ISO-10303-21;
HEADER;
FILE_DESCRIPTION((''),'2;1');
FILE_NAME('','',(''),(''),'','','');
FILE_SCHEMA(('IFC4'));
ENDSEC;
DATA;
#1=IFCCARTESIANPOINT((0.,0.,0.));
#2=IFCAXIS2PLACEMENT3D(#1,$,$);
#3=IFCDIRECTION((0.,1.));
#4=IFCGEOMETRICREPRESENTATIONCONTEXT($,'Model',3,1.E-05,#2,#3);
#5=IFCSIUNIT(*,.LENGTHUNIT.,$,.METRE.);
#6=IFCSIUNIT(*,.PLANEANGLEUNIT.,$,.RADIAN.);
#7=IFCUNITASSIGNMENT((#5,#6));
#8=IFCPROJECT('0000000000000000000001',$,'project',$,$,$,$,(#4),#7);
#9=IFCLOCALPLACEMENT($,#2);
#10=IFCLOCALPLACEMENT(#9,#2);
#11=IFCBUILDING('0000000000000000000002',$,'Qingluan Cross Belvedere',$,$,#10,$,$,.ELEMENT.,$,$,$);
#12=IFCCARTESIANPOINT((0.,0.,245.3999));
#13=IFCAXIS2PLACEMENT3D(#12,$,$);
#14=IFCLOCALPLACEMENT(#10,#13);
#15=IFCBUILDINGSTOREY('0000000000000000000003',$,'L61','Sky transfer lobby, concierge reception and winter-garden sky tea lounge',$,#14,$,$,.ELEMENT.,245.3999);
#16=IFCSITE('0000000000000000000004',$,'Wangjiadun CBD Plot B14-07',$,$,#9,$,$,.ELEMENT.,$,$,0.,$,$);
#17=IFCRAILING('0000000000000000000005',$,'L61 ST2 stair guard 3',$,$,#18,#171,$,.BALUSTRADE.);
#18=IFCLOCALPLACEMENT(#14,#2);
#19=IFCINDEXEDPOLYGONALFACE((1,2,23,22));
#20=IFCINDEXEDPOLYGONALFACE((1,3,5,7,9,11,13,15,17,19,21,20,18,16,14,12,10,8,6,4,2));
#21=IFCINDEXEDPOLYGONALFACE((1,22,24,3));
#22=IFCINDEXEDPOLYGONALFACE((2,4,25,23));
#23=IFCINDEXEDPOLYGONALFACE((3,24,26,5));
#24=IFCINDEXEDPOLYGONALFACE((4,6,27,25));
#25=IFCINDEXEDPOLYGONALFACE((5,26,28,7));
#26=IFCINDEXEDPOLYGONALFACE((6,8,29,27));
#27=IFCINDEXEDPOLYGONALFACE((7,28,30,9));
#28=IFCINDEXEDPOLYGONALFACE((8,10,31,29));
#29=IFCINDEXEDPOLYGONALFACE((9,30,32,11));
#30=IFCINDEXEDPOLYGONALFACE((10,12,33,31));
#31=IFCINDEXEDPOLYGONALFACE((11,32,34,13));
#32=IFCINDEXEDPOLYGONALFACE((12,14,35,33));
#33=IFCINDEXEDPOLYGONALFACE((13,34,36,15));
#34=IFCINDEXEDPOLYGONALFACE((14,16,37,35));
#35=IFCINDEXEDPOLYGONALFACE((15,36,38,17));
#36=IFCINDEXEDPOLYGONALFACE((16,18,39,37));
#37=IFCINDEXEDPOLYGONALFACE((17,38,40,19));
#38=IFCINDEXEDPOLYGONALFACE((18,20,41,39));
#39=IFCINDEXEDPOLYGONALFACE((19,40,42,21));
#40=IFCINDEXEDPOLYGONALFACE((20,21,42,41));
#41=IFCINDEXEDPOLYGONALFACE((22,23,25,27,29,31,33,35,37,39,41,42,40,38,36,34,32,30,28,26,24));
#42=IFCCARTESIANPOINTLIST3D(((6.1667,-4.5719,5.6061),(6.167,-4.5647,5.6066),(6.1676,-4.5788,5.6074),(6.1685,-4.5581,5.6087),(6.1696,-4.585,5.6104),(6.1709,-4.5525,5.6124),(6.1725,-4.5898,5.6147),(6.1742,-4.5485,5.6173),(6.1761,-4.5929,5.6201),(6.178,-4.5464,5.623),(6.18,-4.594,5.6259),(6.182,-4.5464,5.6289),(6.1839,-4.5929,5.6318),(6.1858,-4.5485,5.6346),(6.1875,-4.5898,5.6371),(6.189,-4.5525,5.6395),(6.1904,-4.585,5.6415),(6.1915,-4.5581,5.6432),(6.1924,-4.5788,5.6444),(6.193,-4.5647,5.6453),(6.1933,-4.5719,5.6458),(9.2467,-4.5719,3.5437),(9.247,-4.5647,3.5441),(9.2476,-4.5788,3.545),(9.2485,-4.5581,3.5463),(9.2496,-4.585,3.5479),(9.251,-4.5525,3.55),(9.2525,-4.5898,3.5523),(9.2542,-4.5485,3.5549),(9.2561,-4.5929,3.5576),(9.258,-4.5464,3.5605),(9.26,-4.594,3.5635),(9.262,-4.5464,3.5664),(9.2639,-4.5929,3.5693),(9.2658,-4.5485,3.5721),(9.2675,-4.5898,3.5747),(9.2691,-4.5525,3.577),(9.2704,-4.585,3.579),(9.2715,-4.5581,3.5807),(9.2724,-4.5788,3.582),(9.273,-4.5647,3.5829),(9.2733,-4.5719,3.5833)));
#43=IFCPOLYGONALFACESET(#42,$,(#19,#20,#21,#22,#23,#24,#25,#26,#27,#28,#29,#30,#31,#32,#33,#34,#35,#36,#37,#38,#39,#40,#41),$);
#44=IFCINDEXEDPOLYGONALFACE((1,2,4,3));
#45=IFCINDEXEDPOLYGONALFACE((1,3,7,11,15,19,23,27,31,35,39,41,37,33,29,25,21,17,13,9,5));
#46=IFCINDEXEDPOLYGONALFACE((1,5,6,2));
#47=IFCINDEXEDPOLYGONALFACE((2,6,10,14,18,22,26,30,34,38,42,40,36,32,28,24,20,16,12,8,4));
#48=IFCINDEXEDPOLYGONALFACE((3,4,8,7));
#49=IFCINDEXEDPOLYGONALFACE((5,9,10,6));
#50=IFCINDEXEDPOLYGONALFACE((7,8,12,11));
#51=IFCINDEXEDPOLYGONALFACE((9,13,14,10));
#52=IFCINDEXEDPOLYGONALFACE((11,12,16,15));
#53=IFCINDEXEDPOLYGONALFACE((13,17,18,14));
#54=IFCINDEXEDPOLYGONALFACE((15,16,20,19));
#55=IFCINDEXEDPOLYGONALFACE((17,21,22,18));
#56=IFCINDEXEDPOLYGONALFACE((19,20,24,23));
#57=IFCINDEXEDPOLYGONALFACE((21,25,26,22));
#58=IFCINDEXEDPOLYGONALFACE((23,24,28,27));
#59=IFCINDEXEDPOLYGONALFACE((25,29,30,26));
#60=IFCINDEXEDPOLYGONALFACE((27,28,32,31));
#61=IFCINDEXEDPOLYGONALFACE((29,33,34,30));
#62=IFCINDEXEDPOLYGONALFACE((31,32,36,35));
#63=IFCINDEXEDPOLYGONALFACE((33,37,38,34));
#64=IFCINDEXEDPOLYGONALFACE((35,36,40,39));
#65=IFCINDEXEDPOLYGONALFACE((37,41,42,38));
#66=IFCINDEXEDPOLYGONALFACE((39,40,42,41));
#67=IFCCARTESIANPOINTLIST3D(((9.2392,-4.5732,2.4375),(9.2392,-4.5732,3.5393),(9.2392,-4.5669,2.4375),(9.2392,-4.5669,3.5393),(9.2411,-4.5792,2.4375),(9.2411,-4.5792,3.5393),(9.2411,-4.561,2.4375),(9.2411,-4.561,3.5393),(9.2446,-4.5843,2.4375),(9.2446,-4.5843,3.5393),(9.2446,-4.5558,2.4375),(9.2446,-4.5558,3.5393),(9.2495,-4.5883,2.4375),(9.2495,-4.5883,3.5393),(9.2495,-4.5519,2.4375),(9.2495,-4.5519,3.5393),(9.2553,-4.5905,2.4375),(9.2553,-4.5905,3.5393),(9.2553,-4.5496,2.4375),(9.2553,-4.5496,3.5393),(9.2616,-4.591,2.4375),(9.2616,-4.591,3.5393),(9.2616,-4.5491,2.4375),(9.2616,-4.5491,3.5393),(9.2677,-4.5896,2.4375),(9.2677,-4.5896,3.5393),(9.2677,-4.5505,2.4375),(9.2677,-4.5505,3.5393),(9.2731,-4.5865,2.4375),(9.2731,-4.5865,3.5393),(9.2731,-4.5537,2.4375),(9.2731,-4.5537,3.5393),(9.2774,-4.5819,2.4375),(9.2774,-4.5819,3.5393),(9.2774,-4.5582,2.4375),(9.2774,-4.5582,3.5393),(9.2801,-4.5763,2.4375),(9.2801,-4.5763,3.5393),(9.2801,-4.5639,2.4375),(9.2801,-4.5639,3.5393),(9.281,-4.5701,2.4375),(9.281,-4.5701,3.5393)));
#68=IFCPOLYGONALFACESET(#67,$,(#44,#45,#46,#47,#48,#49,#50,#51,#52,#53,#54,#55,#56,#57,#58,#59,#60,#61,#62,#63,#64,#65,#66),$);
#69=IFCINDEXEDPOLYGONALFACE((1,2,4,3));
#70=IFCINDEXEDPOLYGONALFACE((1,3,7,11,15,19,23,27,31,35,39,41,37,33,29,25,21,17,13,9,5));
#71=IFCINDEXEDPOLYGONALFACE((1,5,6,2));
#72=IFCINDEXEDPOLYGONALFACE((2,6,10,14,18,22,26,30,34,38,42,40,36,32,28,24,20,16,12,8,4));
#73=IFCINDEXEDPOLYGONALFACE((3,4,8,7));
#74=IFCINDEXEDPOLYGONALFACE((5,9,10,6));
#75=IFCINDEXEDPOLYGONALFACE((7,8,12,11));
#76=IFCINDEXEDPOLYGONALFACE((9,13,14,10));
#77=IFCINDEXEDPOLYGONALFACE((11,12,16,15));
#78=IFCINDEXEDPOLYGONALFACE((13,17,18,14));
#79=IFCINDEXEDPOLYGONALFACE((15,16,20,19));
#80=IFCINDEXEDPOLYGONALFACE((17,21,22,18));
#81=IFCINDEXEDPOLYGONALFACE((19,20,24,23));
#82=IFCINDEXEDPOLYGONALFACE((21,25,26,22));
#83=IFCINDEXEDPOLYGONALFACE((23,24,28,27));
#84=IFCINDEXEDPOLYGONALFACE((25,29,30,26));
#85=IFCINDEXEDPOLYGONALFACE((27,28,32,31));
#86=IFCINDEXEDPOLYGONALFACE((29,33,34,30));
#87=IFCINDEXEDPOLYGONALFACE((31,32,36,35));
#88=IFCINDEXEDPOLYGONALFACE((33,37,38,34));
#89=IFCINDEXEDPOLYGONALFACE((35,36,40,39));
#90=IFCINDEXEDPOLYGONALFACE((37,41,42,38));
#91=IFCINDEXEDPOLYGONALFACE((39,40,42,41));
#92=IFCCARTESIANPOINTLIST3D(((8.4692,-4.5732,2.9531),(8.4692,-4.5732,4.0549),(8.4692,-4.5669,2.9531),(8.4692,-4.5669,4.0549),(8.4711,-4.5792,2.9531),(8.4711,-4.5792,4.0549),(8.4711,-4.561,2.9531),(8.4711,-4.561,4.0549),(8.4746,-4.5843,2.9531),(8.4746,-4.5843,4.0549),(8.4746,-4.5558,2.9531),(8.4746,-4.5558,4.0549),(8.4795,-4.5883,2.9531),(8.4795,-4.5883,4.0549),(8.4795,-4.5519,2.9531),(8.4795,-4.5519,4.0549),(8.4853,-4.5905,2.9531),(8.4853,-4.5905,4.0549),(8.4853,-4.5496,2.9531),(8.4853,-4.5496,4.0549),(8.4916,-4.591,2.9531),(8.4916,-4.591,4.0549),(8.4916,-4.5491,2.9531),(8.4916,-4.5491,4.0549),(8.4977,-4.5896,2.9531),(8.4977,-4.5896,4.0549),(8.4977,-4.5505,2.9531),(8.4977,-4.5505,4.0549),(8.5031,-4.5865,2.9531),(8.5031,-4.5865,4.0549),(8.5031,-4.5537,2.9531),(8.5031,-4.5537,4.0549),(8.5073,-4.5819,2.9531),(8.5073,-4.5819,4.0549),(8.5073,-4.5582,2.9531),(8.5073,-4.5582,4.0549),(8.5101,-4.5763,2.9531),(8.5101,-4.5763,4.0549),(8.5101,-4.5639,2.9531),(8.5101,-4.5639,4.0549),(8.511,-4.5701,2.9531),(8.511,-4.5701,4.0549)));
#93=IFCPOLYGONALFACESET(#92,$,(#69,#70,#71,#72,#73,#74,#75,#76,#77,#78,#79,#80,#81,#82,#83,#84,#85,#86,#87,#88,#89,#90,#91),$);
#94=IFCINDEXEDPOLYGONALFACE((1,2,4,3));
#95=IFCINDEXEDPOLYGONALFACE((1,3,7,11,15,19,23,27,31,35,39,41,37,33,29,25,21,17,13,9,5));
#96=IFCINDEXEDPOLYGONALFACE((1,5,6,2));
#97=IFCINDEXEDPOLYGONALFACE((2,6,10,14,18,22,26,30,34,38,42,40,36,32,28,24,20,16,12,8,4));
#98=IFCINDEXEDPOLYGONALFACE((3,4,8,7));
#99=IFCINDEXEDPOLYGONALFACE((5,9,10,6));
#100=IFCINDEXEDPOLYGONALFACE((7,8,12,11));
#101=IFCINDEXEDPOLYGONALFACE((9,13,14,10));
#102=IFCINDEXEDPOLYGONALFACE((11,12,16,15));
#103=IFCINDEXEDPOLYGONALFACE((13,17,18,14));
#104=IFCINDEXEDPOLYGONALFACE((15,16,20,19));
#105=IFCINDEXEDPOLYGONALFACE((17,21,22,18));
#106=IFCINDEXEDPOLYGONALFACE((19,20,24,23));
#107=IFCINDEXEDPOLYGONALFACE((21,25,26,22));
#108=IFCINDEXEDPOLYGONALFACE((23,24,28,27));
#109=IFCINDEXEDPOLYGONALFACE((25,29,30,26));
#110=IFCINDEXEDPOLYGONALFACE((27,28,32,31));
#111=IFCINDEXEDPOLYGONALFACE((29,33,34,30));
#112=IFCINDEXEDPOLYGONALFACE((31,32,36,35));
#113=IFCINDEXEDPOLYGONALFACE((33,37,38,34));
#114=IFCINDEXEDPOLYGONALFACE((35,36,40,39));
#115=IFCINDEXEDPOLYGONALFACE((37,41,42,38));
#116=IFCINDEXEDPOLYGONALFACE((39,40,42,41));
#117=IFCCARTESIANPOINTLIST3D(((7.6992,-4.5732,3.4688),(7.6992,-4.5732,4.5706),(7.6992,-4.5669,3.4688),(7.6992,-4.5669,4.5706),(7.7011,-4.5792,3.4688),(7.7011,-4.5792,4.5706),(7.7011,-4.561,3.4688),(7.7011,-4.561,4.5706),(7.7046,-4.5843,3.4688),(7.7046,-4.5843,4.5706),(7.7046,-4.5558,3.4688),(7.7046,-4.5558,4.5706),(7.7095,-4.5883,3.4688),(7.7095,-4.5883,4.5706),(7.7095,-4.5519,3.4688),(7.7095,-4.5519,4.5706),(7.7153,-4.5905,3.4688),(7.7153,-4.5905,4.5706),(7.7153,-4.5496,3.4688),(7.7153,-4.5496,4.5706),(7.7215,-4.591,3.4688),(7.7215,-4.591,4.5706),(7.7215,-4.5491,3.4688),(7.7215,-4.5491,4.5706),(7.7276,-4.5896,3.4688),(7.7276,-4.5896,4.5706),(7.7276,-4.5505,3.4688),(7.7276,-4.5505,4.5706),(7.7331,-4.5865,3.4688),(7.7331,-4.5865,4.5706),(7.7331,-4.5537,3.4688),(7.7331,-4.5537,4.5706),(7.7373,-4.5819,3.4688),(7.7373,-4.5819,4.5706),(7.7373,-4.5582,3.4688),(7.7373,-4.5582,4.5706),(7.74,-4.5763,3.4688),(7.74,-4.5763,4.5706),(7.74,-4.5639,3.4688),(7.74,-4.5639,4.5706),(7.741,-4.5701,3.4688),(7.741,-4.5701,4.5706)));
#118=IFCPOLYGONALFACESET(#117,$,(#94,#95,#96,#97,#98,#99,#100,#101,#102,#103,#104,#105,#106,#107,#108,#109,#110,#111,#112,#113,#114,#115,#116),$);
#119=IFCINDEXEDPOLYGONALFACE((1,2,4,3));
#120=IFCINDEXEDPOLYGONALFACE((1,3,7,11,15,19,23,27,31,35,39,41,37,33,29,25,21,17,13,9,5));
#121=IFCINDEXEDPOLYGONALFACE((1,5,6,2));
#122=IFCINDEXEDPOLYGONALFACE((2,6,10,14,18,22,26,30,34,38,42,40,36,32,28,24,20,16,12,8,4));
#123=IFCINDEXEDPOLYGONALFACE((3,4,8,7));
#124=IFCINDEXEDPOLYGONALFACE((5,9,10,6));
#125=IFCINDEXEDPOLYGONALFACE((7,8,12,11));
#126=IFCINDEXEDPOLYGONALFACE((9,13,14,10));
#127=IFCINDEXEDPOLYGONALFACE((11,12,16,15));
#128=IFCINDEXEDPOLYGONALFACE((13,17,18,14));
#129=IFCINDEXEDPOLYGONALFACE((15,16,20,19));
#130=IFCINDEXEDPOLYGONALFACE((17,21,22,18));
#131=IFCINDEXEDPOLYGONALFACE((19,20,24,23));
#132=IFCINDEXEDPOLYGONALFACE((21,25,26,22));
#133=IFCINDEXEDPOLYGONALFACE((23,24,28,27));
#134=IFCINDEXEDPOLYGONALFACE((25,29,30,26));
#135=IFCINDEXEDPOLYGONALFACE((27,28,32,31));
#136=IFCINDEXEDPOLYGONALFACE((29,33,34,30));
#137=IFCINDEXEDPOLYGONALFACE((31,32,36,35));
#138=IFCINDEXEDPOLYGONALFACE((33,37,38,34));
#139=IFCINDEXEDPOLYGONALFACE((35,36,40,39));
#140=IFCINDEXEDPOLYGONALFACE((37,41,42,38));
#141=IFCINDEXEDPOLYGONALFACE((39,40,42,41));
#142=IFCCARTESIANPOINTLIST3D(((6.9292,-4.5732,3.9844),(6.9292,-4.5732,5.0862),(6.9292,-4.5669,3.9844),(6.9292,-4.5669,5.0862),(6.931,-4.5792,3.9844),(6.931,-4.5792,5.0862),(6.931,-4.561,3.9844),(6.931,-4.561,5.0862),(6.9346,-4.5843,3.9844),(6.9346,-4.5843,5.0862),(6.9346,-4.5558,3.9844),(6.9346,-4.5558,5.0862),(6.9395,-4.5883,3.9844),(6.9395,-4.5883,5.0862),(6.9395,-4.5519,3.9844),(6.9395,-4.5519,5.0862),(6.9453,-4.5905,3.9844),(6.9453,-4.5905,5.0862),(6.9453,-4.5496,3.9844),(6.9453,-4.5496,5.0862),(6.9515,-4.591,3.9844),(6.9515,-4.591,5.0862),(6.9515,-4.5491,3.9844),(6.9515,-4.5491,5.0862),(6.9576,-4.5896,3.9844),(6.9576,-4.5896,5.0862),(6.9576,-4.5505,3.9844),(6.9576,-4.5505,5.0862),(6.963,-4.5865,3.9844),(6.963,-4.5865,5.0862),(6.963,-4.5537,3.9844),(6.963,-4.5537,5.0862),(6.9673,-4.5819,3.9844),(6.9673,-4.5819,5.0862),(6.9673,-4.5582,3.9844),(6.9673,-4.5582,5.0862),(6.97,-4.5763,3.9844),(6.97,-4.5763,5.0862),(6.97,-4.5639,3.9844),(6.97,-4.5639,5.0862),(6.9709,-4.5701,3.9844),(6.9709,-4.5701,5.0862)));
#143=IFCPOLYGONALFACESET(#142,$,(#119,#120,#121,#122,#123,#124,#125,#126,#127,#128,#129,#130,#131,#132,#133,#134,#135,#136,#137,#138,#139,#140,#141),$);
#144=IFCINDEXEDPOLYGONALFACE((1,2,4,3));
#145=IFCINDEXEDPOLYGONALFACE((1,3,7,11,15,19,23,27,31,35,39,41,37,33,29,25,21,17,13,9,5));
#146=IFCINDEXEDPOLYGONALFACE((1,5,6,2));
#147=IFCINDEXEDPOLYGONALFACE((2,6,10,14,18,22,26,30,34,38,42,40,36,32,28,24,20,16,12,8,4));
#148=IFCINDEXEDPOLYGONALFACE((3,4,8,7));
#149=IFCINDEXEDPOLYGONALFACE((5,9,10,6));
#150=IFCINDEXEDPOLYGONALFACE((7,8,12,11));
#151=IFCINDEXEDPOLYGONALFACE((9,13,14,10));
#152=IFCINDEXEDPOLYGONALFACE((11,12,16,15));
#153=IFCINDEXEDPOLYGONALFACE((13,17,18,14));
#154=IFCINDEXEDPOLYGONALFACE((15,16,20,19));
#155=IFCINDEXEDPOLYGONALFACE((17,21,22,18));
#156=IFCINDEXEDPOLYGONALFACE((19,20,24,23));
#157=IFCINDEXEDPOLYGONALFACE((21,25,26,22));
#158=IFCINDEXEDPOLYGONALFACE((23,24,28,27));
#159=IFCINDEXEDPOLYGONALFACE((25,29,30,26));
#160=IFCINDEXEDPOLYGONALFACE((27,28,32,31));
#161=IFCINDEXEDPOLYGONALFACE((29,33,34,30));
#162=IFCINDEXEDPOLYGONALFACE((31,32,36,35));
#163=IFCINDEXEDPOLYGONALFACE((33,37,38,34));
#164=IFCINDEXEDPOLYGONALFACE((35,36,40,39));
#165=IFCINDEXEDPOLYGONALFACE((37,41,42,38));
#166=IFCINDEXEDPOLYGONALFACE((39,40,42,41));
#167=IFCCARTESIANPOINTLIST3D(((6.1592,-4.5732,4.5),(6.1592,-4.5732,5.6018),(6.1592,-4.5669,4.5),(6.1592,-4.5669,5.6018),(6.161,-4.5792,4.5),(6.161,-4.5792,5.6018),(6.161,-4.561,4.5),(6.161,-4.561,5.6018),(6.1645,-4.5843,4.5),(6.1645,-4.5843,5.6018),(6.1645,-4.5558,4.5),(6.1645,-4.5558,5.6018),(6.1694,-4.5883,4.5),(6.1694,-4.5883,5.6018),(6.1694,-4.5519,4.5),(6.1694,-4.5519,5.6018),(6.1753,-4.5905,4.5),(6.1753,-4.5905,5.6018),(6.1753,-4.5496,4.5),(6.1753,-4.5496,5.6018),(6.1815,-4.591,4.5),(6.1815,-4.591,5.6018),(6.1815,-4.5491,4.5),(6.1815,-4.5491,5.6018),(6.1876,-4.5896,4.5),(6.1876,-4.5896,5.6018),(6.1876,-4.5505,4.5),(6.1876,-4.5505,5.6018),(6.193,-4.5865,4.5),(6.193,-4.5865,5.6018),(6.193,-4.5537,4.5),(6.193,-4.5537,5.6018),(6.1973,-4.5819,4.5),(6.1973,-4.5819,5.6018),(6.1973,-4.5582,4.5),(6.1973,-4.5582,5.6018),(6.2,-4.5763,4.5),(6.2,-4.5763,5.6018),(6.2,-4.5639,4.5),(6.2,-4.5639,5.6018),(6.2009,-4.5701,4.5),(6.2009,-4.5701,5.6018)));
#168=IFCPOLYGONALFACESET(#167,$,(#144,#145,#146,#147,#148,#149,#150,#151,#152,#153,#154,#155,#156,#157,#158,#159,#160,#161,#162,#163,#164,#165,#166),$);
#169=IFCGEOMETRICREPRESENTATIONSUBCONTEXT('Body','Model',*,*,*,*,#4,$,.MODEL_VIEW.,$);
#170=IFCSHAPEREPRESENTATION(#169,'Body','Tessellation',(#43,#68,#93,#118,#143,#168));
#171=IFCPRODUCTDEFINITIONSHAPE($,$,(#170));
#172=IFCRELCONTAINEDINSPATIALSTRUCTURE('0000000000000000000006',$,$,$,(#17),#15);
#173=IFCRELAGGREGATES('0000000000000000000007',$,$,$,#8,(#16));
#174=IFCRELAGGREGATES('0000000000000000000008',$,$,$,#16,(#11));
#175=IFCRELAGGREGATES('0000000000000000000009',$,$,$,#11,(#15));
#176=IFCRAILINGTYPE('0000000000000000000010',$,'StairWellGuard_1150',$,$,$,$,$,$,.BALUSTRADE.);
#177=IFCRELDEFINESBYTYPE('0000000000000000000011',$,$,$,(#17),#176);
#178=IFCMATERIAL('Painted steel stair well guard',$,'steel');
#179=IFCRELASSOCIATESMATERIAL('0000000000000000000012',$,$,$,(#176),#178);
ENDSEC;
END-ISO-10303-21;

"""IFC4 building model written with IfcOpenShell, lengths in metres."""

from ifc_helpers import new_model, si_unit, direction, frame, origin, origin_2d, place, context, subcontext, project, spatial, circle, extrude, material, type_object, element, save


model = new_model("IFC4")

# Units and contexts
model_context = context("Model", 3, precision=1e-05, world=origin(), true_north=direction((0.0, 1.0)))
body_context = subcontext(model_context, "Body", "Model", "MODEL_VIEW")
ifc_project = project(units=[si_unit("LENGTHUNIT", "METRE"), si_unit("PLANEANGLEUNIT", "RADIAN")], contexts=[model_context])

# Site, building, storey
site_placement = place(None, origin())
site = spatial("IfcSite", under=ifc_project, at=site_placement, Name="Wangjiadun CBD Plot B14-07", CompositionType="ELEMENT", RefElevation=0.0)
building_placement = place(site_placement, origin())
building = spatial("IfcBuilding", under=site, at=building_placement, Name="Qingluan Cross Belvedere", CompositionType="ELEMENT")
storey_placement = place(building_placement, frame((0.0, 0.0, 245.3999)))
storey = spatial("IfcBuildingStorey", under=building, at=storey_placement, Name="L61", Description="Sky transfer lobby, concierge reception and winter-garden sky tea lounge", CompositionType="ELEMENT", Elevation=245.3999)

# Railing
ifc_material_1 = material(Name="Painted steel stair well guard", Category="steel")
railing_type_1 = type_object("IfcRailingType", Name="StairWellGuard_1150", PredefinedType="BALUSTRADE", material=ifc_material_1)
railing_1_placement = place(storey_placement, frame((9.26, -4.5701, 2.4375)))
element("IfcRailing", 1, at=railing_1_placement, inside=storey, type_object=railing_type_1, Name="L61 ST2 stair guard 3", PredefinedType="BALUSTRADE", context=body_context, shape_type="SweptSolid", body=[
    extrude(circle(Radius=0.0239, at=origin_2d()), frame((0.0, 0.0, 1.126), z_axis=(-0.830914, 0.0, 0.556401), x_axis=(0.0, -1.0, 0.0)), (0.0, 0.0, 1.0), 3.7068),
    extrude(circle(Radius=0.021, at=origin_2d()), origin(), (0.0, 0.0, 1.0), 1.1018),
    extrude(circle(Radius=0.021, at=origin_2d()), frame((-0.77, 0.0, 0.5156)), (0.0, 0.0, 1.0), 1.1018),
    extrude(circle(Radius=0.021, at=origin_2d()), frame((-1.54, 0.0, 1.0312)), (0.0, 0.0, 1.0), 1.1018),
    extrude(circle(Radius=0.021, at=origin_2d()), frame((-2.3101, 0.0, 1.5469)), (0.0, 0.0, 1.0), 1.1018),
    extrude(circle(Radius=0.021, at=origin_2d()), frame((-3.0801, 0.0, 2.0625)), (0.0, 0.0, 1.0), 1.1018),
])

save(model, "model.ifc")
